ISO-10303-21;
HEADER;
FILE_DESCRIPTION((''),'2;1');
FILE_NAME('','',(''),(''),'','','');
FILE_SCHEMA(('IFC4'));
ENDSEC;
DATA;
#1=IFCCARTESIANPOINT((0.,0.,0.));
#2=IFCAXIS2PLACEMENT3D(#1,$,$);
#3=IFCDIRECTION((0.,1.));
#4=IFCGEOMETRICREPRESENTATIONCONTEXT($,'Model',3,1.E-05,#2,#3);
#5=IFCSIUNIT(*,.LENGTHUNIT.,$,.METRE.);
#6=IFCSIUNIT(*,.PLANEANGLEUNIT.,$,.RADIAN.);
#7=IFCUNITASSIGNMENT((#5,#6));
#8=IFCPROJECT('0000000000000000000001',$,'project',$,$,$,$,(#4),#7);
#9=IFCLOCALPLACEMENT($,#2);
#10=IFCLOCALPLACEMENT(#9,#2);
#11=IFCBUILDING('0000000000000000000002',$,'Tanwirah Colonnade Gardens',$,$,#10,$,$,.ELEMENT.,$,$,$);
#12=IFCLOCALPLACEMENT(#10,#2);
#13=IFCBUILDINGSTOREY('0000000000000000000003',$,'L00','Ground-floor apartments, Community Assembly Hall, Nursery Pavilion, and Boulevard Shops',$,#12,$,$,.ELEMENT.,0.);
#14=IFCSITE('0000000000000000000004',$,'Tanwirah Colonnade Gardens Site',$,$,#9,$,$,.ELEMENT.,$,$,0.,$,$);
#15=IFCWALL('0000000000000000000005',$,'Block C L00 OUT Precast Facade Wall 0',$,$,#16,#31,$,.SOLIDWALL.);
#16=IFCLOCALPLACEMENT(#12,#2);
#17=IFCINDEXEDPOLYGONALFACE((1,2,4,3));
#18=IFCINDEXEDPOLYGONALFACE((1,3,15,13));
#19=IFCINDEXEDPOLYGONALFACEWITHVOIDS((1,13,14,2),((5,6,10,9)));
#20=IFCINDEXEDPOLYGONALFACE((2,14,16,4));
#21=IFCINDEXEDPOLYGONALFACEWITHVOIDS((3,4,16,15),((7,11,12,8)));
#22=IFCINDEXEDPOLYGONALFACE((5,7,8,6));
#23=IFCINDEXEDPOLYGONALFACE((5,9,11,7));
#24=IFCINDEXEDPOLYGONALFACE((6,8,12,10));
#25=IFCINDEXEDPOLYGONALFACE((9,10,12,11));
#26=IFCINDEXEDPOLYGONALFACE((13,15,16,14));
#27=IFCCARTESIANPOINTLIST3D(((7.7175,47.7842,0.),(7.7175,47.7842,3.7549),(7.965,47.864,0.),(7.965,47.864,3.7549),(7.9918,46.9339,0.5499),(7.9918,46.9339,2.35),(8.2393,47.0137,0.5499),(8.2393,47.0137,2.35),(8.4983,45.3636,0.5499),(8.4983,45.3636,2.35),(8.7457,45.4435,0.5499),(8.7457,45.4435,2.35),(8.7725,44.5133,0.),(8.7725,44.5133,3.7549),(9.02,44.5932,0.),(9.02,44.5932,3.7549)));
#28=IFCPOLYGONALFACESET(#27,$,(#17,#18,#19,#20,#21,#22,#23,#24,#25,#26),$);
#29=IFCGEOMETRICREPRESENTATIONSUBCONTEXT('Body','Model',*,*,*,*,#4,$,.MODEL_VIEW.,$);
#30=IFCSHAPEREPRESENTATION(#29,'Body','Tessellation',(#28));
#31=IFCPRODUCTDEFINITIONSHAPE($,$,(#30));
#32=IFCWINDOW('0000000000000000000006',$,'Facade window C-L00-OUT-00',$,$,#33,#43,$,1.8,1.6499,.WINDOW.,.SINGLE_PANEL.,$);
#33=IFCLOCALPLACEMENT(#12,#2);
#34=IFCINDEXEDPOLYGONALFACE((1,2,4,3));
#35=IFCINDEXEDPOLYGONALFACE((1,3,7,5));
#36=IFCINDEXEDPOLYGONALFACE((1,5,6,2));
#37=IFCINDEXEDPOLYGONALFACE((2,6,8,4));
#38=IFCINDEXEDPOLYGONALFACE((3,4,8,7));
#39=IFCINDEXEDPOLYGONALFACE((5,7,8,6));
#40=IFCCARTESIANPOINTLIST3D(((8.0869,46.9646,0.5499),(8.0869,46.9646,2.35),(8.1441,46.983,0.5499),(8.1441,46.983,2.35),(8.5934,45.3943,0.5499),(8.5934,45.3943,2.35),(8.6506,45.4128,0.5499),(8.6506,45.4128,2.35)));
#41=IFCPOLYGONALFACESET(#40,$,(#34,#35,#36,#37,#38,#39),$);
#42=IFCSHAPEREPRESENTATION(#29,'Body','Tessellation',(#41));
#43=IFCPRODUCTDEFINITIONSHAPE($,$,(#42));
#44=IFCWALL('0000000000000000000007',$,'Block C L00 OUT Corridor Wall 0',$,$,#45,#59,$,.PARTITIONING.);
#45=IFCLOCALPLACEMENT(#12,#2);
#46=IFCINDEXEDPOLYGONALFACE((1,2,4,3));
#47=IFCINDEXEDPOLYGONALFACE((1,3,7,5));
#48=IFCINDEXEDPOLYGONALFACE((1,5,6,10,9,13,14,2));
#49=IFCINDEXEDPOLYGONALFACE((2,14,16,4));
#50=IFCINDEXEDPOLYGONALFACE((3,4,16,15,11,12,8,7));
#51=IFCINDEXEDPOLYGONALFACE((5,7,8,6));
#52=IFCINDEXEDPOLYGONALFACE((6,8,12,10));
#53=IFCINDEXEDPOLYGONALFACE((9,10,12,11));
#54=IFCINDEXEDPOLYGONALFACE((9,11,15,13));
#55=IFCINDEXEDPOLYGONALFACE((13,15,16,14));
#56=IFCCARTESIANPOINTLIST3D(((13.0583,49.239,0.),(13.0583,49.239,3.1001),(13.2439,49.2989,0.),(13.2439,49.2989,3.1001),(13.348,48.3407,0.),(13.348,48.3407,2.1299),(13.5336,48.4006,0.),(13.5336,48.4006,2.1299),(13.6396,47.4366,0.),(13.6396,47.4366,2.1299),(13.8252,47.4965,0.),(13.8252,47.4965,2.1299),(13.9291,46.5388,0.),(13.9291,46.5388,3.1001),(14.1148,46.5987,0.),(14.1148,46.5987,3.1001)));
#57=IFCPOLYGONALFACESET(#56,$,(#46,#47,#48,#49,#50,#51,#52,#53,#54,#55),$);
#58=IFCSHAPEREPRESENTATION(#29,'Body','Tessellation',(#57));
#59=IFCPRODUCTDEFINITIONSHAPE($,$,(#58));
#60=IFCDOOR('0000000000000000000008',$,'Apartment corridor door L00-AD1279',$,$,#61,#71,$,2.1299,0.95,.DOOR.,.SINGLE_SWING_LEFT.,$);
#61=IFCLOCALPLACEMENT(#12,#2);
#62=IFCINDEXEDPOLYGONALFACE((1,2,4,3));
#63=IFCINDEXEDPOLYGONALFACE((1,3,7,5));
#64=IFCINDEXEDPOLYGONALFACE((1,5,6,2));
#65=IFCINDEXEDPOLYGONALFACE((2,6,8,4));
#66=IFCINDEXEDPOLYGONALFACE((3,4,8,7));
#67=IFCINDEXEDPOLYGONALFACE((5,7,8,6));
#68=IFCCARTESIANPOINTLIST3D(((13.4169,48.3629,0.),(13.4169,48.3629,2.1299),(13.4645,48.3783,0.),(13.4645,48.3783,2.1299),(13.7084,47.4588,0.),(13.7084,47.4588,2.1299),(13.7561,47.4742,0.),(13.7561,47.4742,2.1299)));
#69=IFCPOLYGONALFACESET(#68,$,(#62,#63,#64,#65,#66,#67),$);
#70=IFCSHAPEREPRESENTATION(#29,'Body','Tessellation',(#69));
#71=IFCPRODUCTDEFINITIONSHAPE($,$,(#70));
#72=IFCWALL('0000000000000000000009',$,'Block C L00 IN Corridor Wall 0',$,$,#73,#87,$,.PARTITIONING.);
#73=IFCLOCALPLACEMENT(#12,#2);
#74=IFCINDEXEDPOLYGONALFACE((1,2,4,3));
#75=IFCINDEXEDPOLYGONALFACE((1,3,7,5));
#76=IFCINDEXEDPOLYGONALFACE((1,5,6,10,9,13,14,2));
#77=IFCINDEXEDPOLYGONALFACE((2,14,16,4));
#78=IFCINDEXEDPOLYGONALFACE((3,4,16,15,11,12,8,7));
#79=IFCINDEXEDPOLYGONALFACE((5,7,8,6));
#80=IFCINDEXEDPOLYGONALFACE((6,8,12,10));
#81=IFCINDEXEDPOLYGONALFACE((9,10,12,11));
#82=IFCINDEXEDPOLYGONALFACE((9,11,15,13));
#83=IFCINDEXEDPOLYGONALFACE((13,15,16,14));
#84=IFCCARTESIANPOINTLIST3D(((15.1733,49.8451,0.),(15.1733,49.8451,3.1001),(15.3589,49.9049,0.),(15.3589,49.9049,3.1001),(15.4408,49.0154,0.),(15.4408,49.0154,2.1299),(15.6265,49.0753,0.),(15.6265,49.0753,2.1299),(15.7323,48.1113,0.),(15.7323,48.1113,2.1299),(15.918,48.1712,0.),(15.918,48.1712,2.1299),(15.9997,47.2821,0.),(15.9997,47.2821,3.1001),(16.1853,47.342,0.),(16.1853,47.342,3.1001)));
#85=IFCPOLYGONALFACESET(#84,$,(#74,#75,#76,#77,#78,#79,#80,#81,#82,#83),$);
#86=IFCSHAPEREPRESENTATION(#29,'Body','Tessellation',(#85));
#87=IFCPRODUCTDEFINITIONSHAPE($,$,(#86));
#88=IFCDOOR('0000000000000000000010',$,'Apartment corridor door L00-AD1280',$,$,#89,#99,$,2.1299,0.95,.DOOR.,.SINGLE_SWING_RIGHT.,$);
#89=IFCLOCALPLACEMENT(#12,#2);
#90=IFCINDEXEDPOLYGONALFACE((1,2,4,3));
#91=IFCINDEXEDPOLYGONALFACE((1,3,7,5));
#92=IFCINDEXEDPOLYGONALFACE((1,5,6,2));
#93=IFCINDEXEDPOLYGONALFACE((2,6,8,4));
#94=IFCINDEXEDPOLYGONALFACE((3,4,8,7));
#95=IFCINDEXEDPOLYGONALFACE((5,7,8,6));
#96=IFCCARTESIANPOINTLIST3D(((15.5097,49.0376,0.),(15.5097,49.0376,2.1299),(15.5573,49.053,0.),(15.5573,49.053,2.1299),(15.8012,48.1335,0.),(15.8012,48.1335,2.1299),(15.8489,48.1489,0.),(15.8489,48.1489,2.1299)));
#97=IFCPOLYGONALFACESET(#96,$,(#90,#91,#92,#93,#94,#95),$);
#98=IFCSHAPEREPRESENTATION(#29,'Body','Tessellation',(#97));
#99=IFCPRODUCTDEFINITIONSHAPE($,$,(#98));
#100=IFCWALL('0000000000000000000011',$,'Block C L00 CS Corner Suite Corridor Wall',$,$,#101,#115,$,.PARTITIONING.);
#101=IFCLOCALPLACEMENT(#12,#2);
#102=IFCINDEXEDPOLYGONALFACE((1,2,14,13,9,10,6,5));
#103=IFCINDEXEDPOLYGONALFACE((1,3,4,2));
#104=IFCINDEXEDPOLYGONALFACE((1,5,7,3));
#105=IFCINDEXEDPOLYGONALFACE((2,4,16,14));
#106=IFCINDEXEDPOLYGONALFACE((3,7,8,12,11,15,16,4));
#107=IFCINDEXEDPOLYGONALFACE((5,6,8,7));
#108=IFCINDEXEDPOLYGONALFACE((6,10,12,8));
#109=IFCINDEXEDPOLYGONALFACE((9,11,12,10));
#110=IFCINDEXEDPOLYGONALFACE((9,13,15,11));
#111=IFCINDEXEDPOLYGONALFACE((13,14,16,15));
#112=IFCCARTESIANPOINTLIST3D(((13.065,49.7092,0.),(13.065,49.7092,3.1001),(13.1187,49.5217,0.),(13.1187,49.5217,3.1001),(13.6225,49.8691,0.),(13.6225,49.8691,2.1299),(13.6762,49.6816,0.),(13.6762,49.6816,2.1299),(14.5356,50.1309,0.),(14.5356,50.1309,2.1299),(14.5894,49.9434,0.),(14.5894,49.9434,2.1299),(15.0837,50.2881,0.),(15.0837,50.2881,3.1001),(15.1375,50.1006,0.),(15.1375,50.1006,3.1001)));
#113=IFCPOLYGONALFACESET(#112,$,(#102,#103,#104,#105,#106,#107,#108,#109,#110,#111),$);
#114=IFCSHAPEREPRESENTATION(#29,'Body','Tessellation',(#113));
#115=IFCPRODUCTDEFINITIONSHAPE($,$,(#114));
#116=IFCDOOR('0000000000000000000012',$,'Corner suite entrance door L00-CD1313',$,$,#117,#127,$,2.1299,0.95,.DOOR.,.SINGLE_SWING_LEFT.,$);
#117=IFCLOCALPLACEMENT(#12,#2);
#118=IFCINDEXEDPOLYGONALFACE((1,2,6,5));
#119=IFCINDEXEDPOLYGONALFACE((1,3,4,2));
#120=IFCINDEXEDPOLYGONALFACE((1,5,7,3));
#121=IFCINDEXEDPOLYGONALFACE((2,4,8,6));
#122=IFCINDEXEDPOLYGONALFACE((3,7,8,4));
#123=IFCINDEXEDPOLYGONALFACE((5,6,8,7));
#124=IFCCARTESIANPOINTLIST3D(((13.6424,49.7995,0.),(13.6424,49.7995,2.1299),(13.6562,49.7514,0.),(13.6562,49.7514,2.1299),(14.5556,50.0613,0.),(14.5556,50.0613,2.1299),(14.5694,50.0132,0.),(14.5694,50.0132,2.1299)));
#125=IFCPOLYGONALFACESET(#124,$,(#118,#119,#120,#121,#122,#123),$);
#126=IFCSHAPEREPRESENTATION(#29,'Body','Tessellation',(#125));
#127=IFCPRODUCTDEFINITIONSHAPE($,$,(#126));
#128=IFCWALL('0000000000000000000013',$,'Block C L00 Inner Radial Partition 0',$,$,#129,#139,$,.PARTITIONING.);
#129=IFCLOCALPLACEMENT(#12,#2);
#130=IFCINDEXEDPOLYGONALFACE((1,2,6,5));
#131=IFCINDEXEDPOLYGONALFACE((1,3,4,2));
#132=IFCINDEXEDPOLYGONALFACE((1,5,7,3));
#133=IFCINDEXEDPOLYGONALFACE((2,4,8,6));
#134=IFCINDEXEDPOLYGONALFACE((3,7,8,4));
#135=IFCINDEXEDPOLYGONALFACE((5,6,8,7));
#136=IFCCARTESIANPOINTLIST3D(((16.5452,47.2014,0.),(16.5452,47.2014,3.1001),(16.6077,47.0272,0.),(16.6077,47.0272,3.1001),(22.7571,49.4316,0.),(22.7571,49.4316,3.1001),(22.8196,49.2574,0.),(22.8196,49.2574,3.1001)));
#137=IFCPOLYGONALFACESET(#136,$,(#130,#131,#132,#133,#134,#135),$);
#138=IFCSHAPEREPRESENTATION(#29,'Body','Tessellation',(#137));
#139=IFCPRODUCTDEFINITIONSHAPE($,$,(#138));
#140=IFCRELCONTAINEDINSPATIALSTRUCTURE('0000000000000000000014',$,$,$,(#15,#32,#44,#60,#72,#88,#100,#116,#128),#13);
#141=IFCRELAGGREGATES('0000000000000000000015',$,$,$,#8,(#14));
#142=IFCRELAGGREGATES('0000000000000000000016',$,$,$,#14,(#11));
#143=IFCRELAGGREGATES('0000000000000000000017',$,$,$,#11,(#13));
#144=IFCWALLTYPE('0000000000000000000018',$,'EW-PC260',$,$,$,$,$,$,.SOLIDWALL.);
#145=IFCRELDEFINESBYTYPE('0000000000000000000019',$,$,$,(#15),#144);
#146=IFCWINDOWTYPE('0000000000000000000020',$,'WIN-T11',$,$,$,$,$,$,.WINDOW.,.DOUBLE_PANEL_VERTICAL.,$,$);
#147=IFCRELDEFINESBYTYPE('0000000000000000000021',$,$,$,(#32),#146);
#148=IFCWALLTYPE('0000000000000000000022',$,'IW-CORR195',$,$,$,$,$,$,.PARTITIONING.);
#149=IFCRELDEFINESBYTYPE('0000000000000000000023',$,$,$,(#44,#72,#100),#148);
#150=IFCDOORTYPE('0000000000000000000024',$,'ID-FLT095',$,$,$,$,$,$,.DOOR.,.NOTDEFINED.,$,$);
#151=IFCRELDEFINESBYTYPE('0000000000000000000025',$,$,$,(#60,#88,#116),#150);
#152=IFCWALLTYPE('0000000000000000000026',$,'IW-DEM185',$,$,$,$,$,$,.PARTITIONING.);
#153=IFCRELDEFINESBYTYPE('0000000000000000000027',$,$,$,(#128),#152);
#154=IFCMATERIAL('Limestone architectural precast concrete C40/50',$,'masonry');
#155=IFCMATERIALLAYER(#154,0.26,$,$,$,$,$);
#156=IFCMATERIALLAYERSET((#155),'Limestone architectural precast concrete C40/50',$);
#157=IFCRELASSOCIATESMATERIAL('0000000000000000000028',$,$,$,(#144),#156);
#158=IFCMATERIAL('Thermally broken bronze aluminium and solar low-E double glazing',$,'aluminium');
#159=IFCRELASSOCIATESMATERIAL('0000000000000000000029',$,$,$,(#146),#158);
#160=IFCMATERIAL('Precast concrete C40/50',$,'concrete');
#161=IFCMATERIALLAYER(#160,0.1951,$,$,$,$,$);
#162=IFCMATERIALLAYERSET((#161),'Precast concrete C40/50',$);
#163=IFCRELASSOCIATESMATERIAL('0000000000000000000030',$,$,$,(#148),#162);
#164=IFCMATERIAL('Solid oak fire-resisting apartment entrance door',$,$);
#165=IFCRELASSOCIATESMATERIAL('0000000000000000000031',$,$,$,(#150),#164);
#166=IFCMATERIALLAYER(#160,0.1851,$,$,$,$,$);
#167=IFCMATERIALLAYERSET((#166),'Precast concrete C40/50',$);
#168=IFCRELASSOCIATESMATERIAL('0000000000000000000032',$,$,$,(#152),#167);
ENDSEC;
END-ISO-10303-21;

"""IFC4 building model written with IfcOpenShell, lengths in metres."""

from ifc_helpers import new_model, si_unit, direction, frame, frame_2d, origin, place, context, subcontext, project, spatial, rectangle, extrude, material, layer, layer_set, type_object, element, fill, save


model = new_model("IFC4")

# Units and contexts
model_context = context("Model", 3, precision=1e-05, world=origin(), true_north=direction((0.0, 1.0)))
body_context = subcontext(model_context, "Body", "Model", "MODEL_VIEW")
ifc_project = project(units=[si_unit("LENGTHUNIT", "METRE"), si_unit("PLANEANGLEUNIT", "RADIAN")], contexts=[model_context])

# Site, building, storey
site_placement = place(None, origin())
site = spatial("IfcSite", under=ifc_project, at=site_placement, Name="Tanwirah Colonnade Gardens Site", CompositionType="ELEMENT", RefElevation=0.0)
building_placement = place(site_placement, origin())
building = spatial("IfcBuilding", under=site, at=building_placement, Name="Tanwirah Colonnade Gardens", CompositionType="ELEMENT")
storey_placement = place(building_placement, origin())
storey = spatial("IfcBuildingStorey", under=building, at=storey_placement, Name="L00", Description="Ground-floor apartments, Community Assembly Hall, Nursery Pavilion, and Boulevard Shops", CompositionType="ELEMENT", Elevation=0.0)

# Shared definitions
ifc_material_1 = material(Name="Precast concrete C40/50", Category="concrete")

# Wall, opening, window
ifc_material_2 = material(Name="Limestone architectural precast concrete C40/50", Category="masonry")
ifc_layer_1 = layer(ifc_material_2, 0.26)
ifc_layer_set_1 = layer_set([ifc_layer_1], Name="Limestone architectural precast concrete C40/50")
wall_type_1 = type_object("IfcWallType", Name="EW-PC260", PredefinedType="SOLIDWALL", material=ifc_layer_set_1)
wall_1_placement = place(storey_placement, frame((7.8413, 47.824, 0.0), z_axis=(0.0, 0.0, 1.0), x_axis=(0.306963, -0.951721, 0.0)))
wall_1 = element("IfcWall", 1, at=wall_1_placement, inside=storey, type_object=wall_type_1, Name="Block C L00 OUT Precast Facade Wall 0", PredefinedType="SOLIDWALL", context=body_context, shape_type="SweptSolid", body=[
    extrude(rectangle(XDim=3.4368, YDim=0.26, at=frame_2d((1.7183, 0.0))), origin(), (0.0, 0.0, 1.0), 3.7549),
])
opening_1_placement = place(wall_1_placement, frame((0.8933, 0.0, 0.55)))
opening_1 = element("IfcOpeningElement", 2, at=opening_1_placement, cuts=wall_1, PredefinedType="OPENING", context=body_context, shape_type="SweptSolid", body=[
    extrude(rectangle(XDim=1.6499, YDim=1.8, at=frame_2d((0.825, 0.8999))), frame((0.0, 0.1399, 0.0), z_axis=(0.0, -1.0, 0.0), x_axis=(1.0, 0.0, 0.0)), (0.0, 0.0, 1.0), 0.28),
])
ifc_material_3 = material(Name="Thermally broken bronze aluminium and solar low-E double glazing", Category="aluminium")
window_type = type_object("IfcWindowType", Name="WIN-T11", PartitioningType="DOUBLE_PANEL_VERTICAL", PredefinedType="WINDOW", material=ifc_material_3)
window_placement = place(opening_1_placement, origin())
window = element("IfcWindow", 3, at=window_placement, inside=storey, type_object=window_type, Name="Facade window C-L00-OUT-00", OverallHeight=1.8, OverallWidth=1.6499, PartitioningType="SINGLE_PANEL", PredefinedType="WINDOW", context=body_context, shape_type="SweptSolid", body=[
    extrude(rectangle(XDim=1.6499, YDim=1.8, at=frame_2d((0.825, 0.8999))), frame((0.0, 0.03, 0.0), z_axis=(0.0, -1.0, 0.0), x_axis=(1.0, 0.0, 0.0)), (0.0, 0.0, 1.0), 0.0601),
])
fill(opening_1, window)

# Walls, openings, doors
ifc_layer_2 = layer(ifc_material_1, 0.1951)
ifc_layer_set_2 = layer_set([ifc_layer_2], Name="Precast concrete C40/50")
wall_type_2 = type_object("IfcWallType", Name="IW-CORR195", PredefinedType="PARTITIONING", material=ifc_layer_set_2)
wall_2_placement = place(storey_placement, frame((13.1511, 49.2688, 0.0), z_axis=(0.0, 0.0, 1.0), x_axis=(0.306945, -0.951727, 0.0)))
wall_2 = element("IfcWall", 4, at=wall_2_placement, inside=storey, type_object=wall_type_2, Name="Block C L00 OUT Corridor Wall 0", PredefinedType="PARTITIONING", context=body_context, shape_type="SweptSolid", body=[
    extrude(rectangle(XDim=2.8372, YDim=0.1951, at=frame_2d((1.4185, 0.0))), origin(), (0.0, 0.0, 1.0), 3.1001),
])
opening_2_placement = place(wall_2_placement, frame((0.9436, 0.0, 0.0)))
opening_2 = element("IfcOpeningElement", 5, at=opening_2_placement, cuts=wall_2, PredefinedType="OPENING", context=body_context, shape_type="SweptSolid", body=[
    extrude(rectangle(XDim=0.95, YDim=2.1299, at=frame_2d((0.4751, 1.0649))), frame((0.0, 0.1074, 0.0), z_axis=(0.0, -1.0, 0.0), x_axis=(1.0, 0.0, 0.0)), (0.0, 0.0, 1.0), 0.2151),
])
ifc_material_4 = material(Name="Solid oak fire-resisting apartment entrance door")
door_type_1 = type_object("IfcDoorType", Name="ID-FLT095", OperationType="NOTDEFINED", PredefinedType="DOOR", material=ifc_material_4)
door_1_placement = place(opening_2_placement, origin())
door_1 = element("IfcDoor", 6, at=door_1_placement, inside=storey, type_object=door_type_1, Name="Apartment corridor door L00-AD1279", OperationType="SINGLE_SWING_LEFT", OverallHeight=2.1299, OverallWidth=0.95, PredefinedType="DOOR", context=body_context, shape_type="SweptSolid", body=[
    extrude(rectangle(XDim=0.95, YDim=2.1299, at=frame_2d((0.4751, 1.0649))), frame((0.0, 0.0249, 0.0), z_axis=(0.0, -1.0, 0.0), x_axis=(1.0, 0.0, 0.0)), (0.0, 0.0, 1.0), 0.05),
])
fill(opening_2, door_1)
wall_3_placement = place(storey_placement, frame((15.2661, 49.875, 0.0), z_axis=(0.0, 0.0, 1.0), x_axis=(0.306884, -0.951747, 0.0)))
wall_3 = element("IfcWall", 7, at=wall_3_placement, inside=storey, type_object=wall_type_2, Name="Block C L00 IN Corridor Wall 0", PredefinedType="PARTITIONING", context=body_context, shape_type="SweptSolid", body=[
    extrude(rectangle(XDim=2.6929, YDim=0.1951, at=frame_2d((1.3464, 0.0))), origin(), (0.0, 0.0, 1.0), 3.1001),
])
opening_3_placement = place(wall_3_placement, frame((0.8716, 0.0, 0.0)))
opening_3 = element("IfcOpeningElement", 8, at=opening_3_placement, cuts=wall_3, PredefinedType="OPENING", context=body_context, shape_type="SweptSolid", body=[
    extrude(rectangle(XDim=0.95, YDim=2.1299, at=frame_2d((0.4751, 1.0649))), frame((0.0, 0.1074, 0.0), z_axis=(0.0, -1.0, 0.0), x_axis=(1.0, 0.0, 0.0)), (0.0, 0.0, 1.0), 0.2151),
])
door_2_placement = place(opening_3_placement, origin())
door_2 = element("IfcDoor", 9, at=door_2_placement, inside=storey, type_object=door_type_1, Name="Apartment corridor door L00-AD1280", OperationType="SINGLE_SWING_RIGHT", OverallHeight=2.1299, OverallWidth=0.95, PredefinedType="DOOR", context=body_context, shape_type="SweptSolid", body=[
    extrude(rectangle(XDim=0.95, YDim=2.1299, at=frame_2d((0.4751, 1.0649))), frame((0.0, 0.0249, 0.0), z_axis=(0.0, -1.0, 0.0), x_axis=(1.0, 0.0, 0.0)), (0.0, 0.0, 1.0), 0.05),
])
fill(opening_3, door_2)
wall_4_placement = place(storey_placement, frame((15.1106, 50.1943, 0.0), z_axis=(0.0, 0.0, 1.0), x_axis=(-0.961265, -0.275627, 0.0)))
wall_4 = element("IfcWall", 10, at=wall_4_placement, inside=storey, type_object=wall_type_2, Name="Block C L00 CS Corner Suite Corridor Wall", PredefinedType="PARTITIONING", context=body_context, shape_type="SweptSolid", body=[
    extrude(rectangle(XDim=2.1001, YDim=0.1951, at=frame_2d((1.05, 0.0))), origin(), (0.0, 0.0, 1.0), 3.1001),
])
opening_4_placement = place(wall_4_placement, frame((0.5701, 0.0, 0.0)))
opening_4 = element("IfcOpeningElement", 11, at=opening_4_placement, cuts=wall_4, PredefinedType="OPENING", context=body_context, shape_type="SweptSolid", body=[
    extrude(rectangle(XDim=0.95, YDim=2.1299, at=frame_2d((0.4751, 1.0649))), frame((0.0, 0.1074, 0.0), z_axis=(0.0, -1.0, 0.0), x_axis=(1.0, 0.0, 0.0)), (0.0, 0.0, 1.0), 0.2151),
])
door_3_placement = place(opening_4_placement, origin())
door_3 = element("IfcDoor", 12, at=door_3_placement, inside=storey, type_object=door_type_1, Name="Corner suite entrance door L00-CD1313", OperationType="SINGLE_SWING_LEFT", OverallHeight=2.1299, OverallWidth=0.95, PredefinedType="DOOR", context=body_context, shape_type="SweptSolid", body=[
    extrude(rectangle(XDim=0.95, YDim=2.1299, at=frame_2d((0.4751, 1.0649))), frame((0.0, 0.0249, 0.0), z_axis=(0.0, -1.0, 0.0), x_axis=(1.0, 0.0, 0.0)), (0.0, 0.0, 1.0), 0.05),
])
fill(opening_4, door_3)

# Wall
ifc_layer_3 = layer(ifc_material_1, 0.1851)
ifc_layer_set_3 = layer_set([ifc_layer_3], Name="Precast concrete C40/50")
wall_type_3 = type_object("IfcWallType", Name="IW-DEM185", PredefinedType="PARTITIONING", material=ifc_layer_set_3)
wall_5_placement = place(storey_placement, frame((22.7883, 49.3445, 0.0), z_axis=(0.0, 0.0, 1.0), x_axis=(-0.94118, -0.337906, 0.0)))
element("IfcWall", 13, at=wall_5_placement, inside=storey, type_object=wall_type_3, Name="Block C L00 Inner Radial Partition 0", PredefinedType="PARTITIONING", context=body_context, shape_type="SweptSolid", body=[
    extrude(rectangle(XDim=6.6001, YDim=0.1851, at=frame_2d((3.3, 0.0))), origin(), (0.0, 0.0, 1.0), 3.1001),
])

save(model, "model.ifc")
